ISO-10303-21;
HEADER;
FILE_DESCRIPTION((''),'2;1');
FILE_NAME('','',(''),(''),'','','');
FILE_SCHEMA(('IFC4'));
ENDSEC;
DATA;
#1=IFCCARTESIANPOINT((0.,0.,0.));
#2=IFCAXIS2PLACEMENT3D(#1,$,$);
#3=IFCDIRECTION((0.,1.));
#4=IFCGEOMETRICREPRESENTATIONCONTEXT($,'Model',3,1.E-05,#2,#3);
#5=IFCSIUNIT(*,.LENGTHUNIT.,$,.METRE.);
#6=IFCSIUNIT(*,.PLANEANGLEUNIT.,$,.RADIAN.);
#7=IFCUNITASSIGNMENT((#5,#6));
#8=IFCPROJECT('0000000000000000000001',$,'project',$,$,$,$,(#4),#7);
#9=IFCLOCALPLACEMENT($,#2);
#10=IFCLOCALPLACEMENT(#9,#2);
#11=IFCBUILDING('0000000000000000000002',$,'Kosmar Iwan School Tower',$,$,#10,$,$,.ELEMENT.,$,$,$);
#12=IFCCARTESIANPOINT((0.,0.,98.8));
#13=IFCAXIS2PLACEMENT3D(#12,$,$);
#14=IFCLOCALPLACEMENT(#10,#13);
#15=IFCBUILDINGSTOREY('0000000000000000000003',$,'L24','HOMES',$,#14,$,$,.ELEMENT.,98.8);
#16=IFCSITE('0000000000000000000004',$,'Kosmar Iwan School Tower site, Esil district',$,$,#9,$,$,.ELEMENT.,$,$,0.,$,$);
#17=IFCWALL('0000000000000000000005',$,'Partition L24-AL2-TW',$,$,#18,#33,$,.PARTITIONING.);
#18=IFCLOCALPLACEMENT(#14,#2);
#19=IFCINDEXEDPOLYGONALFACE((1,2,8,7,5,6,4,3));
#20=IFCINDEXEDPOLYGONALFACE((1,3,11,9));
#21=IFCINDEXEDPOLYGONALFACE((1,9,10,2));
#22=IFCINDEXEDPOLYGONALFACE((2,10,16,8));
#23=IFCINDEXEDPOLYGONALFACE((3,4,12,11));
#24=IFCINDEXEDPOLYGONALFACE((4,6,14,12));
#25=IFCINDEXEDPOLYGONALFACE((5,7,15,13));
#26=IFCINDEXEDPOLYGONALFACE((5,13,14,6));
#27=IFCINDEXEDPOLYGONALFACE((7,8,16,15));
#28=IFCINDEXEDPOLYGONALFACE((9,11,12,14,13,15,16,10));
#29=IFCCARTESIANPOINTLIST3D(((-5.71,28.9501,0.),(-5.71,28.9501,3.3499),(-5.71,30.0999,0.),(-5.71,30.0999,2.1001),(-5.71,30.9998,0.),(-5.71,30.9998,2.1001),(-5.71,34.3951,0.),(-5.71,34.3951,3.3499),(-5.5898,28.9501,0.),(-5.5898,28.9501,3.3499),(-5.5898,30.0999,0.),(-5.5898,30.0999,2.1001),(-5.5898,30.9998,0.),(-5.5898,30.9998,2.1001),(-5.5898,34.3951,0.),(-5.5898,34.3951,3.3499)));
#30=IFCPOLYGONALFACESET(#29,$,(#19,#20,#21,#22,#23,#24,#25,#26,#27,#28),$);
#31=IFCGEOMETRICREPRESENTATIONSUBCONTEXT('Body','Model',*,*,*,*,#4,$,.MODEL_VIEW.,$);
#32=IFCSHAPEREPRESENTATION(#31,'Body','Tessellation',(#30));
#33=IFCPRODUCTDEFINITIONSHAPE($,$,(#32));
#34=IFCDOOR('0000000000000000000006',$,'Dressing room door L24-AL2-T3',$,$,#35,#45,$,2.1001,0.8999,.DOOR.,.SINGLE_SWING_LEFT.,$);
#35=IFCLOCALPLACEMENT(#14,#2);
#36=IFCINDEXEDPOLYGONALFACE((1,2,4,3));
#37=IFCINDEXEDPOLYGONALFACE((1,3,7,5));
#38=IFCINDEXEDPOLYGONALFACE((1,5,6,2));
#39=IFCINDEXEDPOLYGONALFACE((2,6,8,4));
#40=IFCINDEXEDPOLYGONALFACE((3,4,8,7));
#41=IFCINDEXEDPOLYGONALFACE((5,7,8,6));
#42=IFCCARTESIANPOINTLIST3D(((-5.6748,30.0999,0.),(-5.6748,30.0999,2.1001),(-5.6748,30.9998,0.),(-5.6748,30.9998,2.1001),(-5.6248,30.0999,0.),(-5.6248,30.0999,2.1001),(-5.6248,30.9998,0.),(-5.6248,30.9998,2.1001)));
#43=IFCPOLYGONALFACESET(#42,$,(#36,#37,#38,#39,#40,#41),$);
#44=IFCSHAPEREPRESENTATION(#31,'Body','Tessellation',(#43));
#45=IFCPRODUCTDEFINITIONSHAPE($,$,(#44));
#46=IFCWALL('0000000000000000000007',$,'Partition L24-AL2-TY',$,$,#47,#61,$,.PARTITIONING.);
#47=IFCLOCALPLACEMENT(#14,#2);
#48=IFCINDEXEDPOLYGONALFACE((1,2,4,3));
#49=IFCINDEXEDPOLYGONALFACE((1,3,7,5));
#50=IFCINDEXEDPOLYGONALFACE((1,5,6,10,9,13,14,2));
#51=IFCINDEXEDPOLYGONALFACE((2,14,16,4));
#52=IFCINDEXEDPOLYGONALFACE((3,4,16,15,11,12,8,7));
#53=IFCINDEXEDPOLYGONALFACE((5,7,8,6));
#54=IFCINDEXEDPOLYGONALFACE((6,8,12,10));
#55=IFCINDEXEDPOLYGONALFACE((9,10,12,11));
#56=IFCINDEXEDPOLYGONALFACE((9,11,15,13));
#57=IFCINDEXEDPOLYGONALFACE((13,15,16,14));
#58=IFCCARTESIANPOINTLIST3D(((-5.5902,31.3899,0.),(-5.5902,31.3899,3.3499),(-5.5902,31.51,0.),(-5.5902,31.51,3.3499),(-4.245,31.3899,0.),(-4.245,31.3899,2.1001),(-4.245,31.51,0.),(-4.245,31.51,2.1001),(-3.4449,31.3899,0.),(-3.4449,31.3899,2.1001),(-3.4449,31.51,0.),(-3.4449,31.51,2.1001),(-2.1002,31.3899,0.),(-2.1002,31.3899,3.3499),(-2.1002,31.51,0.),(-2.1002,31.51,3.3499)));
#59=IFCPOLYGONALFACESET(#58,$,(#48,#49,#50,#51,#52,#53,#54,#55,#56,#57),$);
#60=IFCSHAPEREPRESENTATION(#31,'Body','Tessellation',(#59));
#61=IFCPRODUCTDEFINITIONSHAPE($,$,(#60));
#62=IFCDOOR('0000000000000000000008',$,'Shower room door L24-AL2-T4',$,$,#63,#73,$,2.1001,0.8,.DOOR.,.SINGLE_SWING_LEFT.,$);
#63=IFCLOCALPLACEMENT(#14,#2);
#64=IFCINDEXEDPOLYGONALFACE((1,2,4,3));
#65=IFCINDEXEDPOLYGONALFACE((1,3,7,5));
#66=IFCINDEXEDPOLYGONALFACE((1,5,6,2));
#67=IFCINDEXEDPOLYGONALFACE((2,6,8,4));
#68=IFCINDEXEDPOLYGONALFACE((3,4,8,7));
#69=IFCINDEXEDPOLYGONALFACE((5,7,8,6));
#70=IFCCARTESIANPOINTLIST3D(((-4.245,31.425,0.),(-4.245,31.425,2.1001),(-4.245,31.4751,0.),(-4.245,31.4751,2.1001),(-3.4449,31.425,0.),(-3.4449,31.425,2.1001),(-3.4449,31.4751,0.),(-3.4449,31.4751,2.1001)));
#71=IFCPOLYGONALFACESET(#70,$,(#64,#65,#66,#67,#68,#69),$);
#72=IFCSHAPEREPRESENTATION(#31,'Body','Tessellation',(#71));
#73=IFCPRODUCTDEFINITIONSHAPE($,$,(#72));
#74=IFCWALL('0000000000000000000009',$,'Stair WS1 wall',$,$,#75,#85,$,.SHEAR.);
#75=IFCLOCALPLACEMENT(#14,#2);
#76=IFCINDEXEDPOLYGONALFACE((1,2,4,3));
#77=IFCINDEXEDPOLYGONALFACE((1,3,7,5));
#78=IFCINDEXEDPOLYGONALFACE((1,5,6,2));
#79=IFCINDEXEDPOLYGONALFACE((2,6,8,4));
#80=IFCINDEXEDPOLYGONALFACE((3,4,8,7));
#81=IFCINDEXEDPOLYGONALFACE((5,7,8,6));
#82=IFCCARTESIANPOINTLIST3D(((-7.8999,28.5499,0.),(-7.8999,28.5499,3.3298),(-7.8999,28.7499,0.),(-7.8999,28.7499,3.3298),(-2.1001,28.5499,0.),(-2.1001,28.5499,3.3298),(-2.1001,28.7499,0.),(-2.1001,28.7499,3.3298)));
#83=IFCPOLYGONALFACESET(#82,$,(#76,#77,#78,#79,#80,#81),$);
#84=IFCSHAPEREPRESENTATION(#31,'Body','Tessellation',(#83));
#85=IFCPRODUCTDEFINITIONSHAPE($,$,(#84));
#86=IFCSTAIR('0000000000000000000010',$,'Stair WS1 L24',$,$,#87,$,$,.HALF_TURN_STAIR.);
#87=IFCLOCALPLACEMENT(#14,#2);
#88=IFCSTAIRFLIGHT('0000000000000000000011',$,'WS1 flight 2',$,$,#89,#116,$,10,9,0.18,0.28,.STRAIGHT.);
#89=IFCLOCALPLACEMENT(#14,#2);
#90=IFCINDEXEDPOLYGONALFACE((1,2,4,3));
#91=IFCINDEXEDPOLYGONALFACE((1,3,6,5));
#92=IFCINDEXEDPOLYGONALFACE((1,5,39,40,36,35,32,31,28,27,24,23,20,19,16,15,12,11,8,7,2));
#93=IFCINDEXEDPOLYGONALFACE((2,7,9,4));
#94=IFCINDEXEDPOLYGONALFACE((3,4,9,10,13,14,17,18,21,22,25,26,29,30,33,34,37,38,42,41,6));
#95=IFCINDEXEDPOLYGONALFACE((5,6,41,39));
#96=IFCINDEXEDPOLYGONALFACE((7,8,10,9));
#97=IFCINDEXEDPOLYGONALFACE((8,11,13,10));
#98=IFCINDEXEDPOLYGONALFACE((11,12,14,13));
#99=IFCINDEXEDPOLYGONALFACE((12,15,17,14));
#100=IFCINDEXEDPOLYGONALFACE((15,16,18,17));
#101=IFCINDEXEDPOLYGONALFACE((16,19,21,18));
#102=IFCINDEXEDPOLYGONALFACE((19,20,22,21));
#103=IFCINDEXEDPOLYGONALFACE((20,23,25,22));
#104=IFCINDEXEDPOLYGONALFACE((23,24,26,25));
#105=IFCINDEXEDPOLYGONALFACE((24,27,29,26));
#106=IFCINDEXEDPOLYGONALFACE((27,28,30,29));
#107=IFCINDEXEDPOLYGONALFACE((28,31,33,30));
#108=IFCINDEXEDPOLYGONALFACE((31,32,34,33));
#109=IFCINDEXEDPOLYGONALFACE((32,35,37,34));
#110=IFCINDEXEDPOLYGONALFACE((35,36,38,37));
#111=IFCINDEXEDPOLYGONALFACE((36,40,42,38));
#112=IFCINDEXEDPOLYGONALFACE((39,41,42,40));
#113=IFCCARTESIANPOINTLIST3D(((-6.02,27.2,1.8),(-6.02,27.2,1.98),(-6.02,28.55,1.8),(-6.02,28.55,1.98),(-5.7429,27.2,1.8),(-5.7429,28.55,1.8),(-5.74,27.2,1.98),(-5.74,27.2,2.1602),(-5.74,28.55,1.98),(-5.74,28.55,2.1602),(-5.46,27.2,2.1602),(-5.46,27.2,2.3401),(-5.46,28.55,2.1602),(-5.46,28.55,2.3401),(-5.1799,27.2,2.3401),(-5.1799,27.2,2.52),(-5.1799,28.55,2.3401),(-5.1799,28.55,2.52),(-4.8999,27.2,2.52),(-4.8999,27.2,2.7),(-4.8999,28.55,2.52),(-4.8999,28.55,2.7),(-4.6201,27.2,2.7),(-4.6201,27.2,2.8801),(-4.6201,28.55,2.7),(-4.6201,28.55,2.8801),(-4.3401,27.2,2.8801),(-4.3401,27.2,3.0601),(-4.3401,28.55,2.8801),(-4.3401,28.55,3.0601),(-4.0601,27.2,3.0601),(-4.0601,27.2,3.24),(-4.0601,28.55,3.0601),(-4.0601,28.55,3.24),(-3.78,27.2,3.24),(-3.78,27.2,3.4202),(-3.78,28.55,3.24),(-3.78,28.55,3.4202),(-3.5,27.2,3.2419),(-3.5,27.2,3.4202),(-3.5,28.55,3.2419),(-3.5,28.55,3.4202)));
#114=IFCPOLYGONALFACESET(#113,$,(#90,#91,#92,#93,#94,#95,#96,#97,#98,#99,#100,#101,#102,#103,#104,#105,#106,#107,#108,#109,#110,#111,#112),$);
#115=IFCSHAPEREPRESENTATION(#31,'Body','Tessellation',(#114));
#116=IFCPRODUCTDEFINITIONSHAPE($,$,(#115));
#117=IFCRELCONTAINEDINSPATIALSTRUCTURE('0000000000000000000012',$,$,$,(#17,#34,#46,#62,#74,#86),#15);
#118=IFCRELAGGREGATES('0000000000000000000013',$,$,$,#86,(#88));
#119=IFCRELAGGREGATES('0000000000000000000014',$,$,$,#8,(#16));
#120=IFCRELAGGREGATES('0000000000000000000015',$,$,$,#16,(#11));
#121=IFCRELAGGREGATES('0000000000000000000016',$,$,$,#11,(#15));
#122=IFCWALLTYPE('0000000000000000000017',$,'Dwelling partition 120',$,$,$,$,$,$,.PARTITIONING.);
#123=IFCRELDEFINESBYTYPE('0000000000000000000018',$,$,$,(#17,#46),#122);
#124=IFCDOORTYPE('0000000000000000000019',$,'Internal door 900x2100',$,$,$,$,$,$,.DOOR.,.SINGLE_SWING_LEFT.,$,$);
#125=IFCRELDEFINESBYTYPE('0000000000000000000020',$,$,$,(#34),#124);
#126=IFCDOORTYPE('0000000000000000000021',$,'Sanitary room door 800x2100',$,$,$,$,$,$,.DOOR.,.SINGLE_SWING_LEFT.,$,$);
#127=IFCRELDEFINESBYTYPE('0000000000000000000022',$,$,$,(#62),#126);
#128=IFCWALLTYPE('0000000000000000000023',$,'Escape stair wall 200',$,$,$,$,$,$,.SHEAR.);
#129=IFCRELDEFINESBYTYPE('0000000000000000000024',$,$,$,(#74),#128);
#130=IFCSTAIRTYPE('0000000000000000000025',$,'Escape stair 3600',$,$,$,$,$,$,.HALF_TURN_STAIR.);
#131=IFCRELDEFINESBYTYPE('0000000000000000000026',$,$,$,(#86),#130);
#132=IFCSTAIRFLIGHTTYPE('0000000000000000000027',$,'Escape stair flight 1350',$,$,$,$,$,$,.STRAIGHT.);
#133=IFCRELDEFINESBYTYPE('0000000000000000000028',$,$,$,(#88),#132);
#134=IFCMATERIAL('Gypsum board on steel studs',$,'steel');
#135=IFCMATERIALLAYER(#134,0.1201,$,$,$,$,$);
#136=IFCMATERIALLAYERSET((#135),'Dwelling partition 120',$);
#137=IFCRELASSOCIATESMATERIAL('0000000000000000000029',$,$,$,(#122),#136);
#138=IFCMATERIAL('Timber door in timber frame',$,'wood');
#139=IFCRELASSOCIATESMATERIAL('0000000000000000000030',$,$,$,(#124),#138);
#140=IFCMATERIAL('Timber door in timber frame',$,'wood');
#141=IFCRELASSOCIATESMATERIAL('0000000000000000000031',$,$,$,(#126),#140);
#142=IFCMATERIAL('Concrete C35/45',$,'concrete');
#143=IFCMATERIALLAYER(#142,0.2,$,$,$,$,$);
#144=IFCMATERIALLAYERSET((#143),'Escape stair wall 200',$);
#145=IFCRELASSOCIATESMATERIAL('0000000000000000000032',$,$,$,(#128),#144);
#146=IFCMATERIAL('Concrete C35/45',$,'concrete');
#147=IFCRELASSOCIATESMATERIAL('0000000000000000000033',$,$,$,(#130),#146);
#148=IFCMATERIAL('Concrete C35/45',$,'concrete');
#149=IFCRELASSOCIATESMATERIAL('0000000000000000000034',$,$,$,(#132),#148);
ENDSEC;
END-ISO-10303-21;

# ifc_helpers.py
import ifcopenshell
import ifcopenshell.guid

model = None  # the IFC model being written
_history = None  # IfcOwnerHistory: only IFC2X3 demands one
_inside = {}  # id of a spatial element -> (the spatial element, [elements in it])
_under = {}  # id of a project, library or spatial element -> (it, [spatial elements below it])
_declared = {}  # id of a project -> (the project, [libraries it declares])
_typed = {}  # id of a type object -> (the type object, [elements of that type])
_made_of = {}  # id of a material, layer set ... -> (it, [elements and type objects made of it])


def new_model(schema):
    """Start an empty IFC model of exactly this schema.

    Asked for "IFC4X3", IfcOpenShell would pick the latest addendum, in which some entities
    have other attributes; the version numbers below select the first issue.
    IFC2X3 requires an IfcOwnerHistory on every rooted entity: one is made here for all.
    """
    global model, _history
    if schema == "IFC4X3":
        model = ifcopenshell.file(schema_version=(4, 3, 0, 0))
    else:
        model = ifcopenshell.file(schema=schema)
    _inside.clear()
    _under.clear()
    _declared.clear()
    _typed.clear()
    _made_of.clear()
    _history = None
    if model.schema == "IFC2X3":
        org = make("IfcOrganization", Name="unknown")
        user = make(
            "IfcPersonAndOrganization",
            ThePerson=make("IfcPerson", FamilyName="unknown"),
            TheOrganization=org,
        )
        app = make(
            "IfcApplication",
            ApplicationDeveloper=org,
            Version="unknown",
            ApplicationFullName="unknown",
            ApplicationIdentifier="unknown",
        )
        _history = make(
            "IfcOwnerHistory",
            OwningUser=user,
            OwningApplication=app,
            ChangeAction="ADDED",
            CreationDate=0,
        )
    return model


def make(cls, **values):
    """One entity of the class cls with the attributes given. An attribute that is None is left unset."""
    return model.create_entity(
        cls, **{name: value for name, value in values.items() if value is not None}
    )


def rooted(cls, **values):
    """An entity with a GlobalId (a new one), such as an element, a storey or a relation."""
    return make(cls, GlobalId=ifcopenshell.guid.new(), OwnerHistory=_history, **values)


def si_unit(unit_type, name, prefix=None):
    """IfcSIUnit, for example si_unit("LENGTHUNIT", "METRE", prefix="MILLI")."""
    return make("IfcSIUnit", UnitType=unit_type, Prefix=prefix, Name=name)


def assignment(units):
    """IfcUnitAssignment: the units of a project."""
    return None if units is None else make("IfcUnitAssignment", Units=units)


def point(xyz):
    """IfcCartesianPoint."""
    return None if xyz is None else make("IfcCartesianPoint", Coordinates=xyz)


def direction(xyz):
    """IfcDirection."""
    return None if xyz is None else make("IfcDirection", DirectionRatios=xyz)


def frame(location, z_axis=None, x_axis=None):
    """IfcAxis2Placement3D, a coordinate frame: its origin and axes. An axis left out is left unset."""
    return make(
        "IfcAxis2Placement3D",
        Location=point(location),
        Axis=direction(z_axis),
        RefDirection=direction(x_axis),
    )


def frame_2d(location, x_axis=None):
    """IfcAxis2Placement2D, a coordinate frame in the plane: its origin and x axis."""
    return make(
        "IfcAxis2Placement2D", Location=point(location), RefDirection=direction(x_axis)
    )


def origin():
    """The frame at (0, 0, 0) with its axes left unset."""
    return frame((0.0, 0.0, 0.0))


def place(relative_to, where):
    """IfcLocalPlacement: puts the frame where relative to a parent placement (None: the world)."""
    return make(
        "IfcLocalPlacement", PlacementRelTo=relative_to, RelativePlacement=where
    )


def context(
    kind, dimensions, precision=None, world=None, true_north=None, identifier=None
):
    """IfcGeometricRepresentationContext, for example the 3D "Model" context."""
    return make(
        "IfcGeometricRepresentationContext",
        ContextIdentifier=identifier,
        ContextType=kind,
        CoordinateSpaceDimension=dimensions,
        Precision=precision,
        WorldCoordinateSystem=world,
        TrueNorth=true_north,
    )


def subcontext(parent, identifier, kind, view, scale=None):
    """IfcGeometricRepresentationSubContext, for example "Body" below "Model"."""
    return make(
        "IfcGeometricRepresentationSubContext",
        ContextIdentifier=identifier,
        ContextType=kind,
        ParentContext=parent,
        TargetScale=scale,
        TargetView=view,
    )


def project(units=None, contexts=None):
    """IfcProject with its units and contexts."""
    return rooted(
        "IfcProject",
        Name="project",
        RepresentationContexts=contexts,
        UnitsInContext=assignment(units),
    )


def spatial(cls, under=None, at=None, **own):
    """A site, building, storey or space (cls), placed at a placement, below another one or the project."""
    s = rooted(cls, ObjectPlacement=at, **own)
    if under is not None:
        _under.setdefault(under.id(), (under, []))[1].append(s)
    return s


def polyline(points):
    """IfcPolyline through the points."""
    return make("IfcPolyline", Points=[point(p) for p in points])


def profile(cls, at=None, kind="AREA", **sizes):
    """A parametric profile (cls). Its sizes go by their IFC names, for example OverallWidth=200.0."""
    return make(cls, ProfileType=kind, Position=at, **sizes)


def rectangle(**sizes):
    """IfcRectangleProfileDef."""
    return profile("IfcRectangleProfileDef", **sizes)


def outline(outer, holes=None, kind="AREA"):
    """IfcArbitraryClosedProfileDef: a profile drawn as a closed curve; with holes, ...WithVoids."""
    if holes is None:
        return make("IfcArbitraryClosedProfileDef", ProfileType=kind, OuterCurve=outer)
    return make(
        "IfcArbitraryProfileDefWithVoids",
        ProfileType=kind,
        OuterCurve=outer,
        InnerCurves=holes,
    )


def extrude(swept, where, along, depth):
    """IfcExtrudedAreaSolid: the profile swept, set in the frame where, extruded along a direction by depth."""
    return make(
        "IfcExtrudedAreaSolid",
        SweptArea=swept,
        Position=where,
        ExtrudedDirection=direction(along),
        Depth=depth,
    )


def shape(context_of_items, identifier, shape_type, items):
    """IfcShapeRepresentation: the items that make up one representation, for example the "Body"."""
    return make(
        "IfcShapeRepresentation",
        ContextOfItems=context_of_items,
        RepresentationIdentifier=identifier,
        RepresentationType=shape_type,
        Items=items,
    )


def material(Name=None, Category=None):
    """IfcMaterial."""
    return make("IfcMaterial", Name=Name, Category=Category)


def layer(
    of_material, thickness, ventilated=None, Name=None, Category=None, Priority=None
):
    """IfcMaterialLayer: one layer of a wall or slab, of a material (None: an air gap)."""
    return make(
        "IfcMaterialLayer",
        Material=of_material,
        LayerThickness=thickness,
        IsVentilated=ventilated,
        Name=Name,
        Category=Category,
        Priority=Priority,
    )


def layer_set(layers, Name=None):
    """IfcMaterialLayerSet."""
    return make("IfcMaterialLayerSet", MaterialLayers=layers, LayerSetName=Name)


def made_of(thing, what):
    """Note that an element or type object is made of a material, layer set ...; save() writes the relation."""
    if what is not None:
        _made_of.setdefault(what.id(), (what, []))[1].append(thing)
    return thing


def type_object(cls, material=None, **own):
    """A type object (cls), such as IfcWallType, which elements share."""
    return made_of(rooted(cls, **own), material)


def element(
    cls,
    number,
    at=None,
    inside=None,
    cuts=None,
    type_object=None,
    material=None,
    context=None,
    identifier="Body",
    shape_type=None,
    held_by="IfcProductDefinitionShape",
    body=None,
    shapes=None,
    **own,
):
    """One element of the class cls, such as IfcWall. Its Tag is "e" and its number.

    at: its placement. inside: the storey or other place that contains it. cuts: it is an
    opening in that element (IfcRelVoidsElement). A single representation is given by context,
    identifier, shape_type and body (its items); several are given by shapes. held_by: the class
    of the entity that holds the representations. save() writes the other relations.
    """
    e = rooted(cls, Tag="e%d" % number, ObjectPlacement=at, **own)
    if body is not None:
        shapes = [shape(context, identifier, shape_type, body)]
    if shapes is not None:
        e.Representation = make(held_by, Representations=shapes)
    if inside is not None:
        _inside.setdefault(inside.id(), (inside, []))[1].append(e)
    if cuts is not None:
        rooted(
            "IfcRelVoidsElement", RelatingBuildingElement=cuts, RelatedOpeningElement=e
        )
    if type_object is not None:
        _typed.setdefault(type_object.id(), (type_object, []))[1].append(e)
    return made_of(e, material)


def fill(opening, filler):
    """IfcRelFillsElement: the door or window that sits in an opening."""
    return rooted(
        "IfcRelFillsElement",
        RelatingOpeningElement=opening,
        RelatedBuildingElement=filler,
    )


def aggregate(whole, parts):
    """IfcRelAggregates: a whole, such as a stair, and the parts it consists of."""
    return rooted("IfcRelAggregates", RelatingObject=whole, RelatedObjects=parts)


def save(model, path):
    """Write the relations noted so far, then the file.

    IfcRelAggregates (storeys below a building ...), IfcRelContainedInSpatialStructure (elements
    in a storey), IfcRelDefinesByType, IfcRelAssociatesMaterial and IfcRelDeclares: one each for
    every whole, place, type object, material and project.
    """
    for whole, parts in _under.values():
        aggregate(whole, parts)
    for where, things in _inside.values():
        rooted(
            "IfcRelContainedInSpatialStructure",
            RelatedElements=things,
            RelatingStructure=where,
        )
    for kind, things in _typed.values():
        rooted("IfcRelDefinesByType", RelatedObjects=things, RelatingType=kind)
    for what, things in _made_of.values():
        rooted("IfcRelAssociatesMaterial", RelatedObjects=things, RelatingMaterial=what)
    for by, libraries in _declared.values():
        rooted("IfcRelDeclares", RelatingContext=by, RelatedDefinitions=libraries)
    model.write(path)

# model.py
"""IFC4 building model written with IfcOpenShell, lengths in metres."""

from ifc_helpers import new_model, si_unit, direction, frame, frame_2d, origin, place, context, subcontext, project, spatial, polyline, rectangle, outline, extrude, material, layer, layer_set, type_object, element, fill, aggregate, save


model = new_model("IFC4")

# Units and contexts
model_context = context("Model", 3, precision=1e-05, world=origin(), true_north=direction((0.0, 1.0)))
body_context = subcontext(model_context, "Body", "Model", "MODEL_VIEW")
ifc_project = project(units=[si_unit("LENGTHUNIT", "METRE"), si_unit("PLANEANGLEUNIT", "RADIAN")], contexts=[model_context])

# Site, building, storey
site_placement = place(None, origin())
site = spatial("IfcSite", under=ifc_project, at=site_placement, Name="Kosmar Iwan School Tower site, Esil district", CompositionType="ELEMENT", RefElevation=0.0)
building_placement = place(site_placement, origin())
building = spatial("IfcBuilding", under=site, at=building_placement, Name="Kosmar Iwan School Tower", CompositionType="ELEMENT")
storey_placement = place(building_placement, frame((0.0, 0.0, 98.8)))
storey = spatial("IfcBuildingStorey", under=building, at=storey_placement, Name="L24", Description="HOMES", CompositionType="ELEMENT", Elevation=98.8)

# Walls, openings, doors
ifc_material_1 = material(Name="Gypsum board on steel studs", Category="steel")
ifc_layer_1 = layer(ifc_material_1, 0.1201)
ifc_layer_set_1 = layer_set([ifc_layer_1], Name="Dwelling partition 120")
wall_type_1 = type_object("IfcWallType", Name="Dwelling partition 120", PredefinedType="PARTITIONING", material=ifc_layer_set_1)
ifc_material_2 = material(Name="Timber door in timber frame", Category="wood")
door_type_1 = type_object("IfcDoorType", Name="Internal door 900x2100", OperationType="SINGLE_SWING_LEFT", PredefinedType="DOOR", material=ifc_material_2)
wall_1_placement = place(storey_placement, frame((-5.6499, 28.95, 0.0), z_axis=(0.0, 0.0, 1.0), x_axis=(0.0, 1.0, 0.0)))
wall_1 = element("IfcWall", 1, at=wall_1_placement, inside=storey, type_object=wall_type_1, Name="Partition L24-AL2-TW", PredefinedType="PARTITIONING", context=body_context, shape_type="SweptSolid", body=[
    extrude(rectangle(XDim=5.4451, YDim=0.1201, at=frame_2d((2.7227, 0.0))), origin(), (0.0, 0.0, 1.0), 3.3499),
])
opening_1_placement = place(wall_1_placement, frame((1.1499, 0.0, 0.0)))
opening_1 = element("IfcOpeningElement", 2, at=opening_1_placement, cuts=wall_1, PredefinedType="OPENING", context=body_context, shape_type="SweptSolid", body=[
    extrude(rectangle(XDim=0.8999, YDim=2.1001, at=frame_2d((0.45, 1.05))), frame((0.0, 0.072, 0.0), z_axis=(0.0, -1.0, 0.0), x_axis=(1.0, 0.0, 0.0)), (0.0, 0.0, 1.0), 0.144),
])
door_1_placement = place(opening_1_placement, origin())
door_1 = element("IfcDoor", 3, at=door_1_placement, inside=storey, type_object=door_type_1, Name="Dressing room door L24-AL2-T3", OperationType="SINGLE_SWING_LEFT", OverallHeight=2.1001, OverallWidth=0.8999, PredefinedType="DOOR", context=body_context, shape_type="SweptSolid", body=[
    extrude(rectangle(XDim=0.8999, YDim=2.1001, at=frame_2d((0.45, 1.05))), frame((0.0, 0.0249, 0.0), z_axis=(0.0, -1.0, 0.0), x_axis=(1.0, 0.0, 0.0)), (0.0, 0.0, 1.0), 0.05),
])
fill(opening_1, door_1)
wall_2_placement = place(storey_placement, frame((-2.1001, 31.45, 0.0), z_axis=(0.0, 0.0, 1.0), x_axis=(-1.0, 0.0, 0.0)))
wall_2 = element("IfcWall", 4, at=wall_2_placement, inside=storey, type_object=wall_type_1, Name="Partition L24-AL2-TY", PredefinedType="PARTITIONING", context=body_context, shape_type="SweptSolid", body=[
    extrude(rectangle(XDim=3.49, YDim=0.1201, at=frame_2d((1.7451, 0.0))), origin(), (0.0, 0.0, 1.0), 3.3499),
])
opening_2_placement = place(wall_2_placement, frame((1.345, 0.0, 0.0)))
opening_2 = element("IfcOpeningElement", 5, at=opening_2_placement, cuts=wall_2, PredefinedType="OPENING", context=body_context, shape_type="SweptSolid", body=[
    extrude(rectangle(XDim=0.8, YDim=2.1001, at=frame_2d((0.3999, 1.05))), frame((0.0, 0.072, 0.0), z_axis=(0.0, -1.0, 0.0), x_axis=(1.0, 0.0, 0.0)), (0.0, 0.0, 1.0), 0.144),
])
ifc_material_3 = material(Name="Timber door in timber frame", Category="wood")
door_type_2 = type_object("IfcDoorType", Name="Sanitary room door 800x2100", OperationType="SINGLE_SWING_LEFT", PredefinedType="DOOR", material=ifc_material_3)
door_2_placement = place(opening_2_placement, origin())
door_2 = element("IfcDoor", 6, at=door_2_placement, inside=storey, type_object=door_type_2, Name="Shower room door L24-AL2-T4", OperationType="SINGLE_SWING_LEFT", OverallHeight=2.1001, OverallWidth=0.8, PredefinedType="DOOR", context=body_context, shape_type="SweptSolid", body=[
    extrude(rectangle(XDim=0.8, YDim=2.1001, at=frame_2d((0.3999, 1.05))), frame((0.0, 0.0249, 0.0), z_axis=(0.0, -1.0, 0.0), x_axis=(1.0, 0.0, 0.0)), (0.0, 0.0, 1.0), 0.05),
])
fill(opening_2, door_2)

# Wall
ifc_material_4 = material(Name="Concrete C35/45", Category="concrete")
ifc_layer_2 = layer(ifc_material_4, 0.2)
ifc_layer_set_2 = layer_set([ifc_layer_2], Name="Escape stair wall 200")
wall_type_2 = type_object("IfcWallType", Name="Escape stair wall 200", PredefinedType="SHEAR", material=ifc_layer_set_2)
wall_3_placement = place(storey_placement, frame((-2.1001, 28.6499, 0.0), z_axis=(0.0, 0.0, 1.0), x_axis=(-1.0, 0.0, 0.0)))
element("IfcWall", 7, at=wall_3_placement, inside=storey, type_object=wall_type_2, Name="Stair WS1 wall", PredefinedType="SHEAR", context=body_context, shape_type="SweptSolid", body=[
    extrude(rectangle(XDim=5.7998, YDim=0.2, at=frame_2d((2.8999, 0.0))), origin(), (0.0, 0.0, 1.0), 3.3298),
])

# Stair, stair flight
ifc_material_5 = material(Name="Concrete C35/45", Category="concrete")
stair_type = type_object("IfcStairType", Name="Escape stair 3600", PredefinedType="HALF_TURN_STAIR", material=ifc_material_5)
stair_placement = place(storey_placement, origin())
stair = element("IfcStair", 8, at=stair_placement, inside=storey, type_object=stair_type, Name="Stair WS1 L24", PredefinedType="HALF_TURN_STAIR")
ifc_material_6 = material(Name="Concrete C35/45", Category="concrete")
stair_flight_type = type_object("IfcStairFlightType", Name="Escape stair flight 1350", PredefinedType="STRAIGHT", material=ifc_material_6)
stair_flight_placement = place(storey_placement, frame((-6.02, 27.875, 1.8), z_axis=(0.0, 0.0, 1.0), x_axis=(1.0, 0.0, 0.0)))
stair_flight = element("IfcStairFlight", 9, at=stair_flight_placement, type_object=stair_flight_type, Name="WS1 flight 2", NumberOfRisers=10, NumberOfTreads=9, PredefinedType="STRAIGHT", RiserHeight=0.18, TreadLength=0.28, context=body_context, shape_type="SweptSolid", body=[
    extrude(outline(polyline([(0.0, 0.0), (0.0, 0.1799), (0.28, 0.1799), (0.28, 0.3601), (0.5601, 0.3601), (0.5601, 0.54), (0.8401, 0.54), (0.8401, 0.72), (1.1201, 0.72), (1.1201, 0.8999), (1.3999, 0.8999), (1.3999, 1.0801), (1.6799, 1.0801), (1.6799, 1.26), (1.96, 1.26), (1.96, 1.4399), (2.24, 1.4399), (2.24, 1.6201), (2.52, 1.6201), (2.52, 1.8), (2.52, 1.4419), (0.2771, 0.0), (0.0, 0.0)])), frame((0.0, 0.675, 0.0), z_axis=(0.0, -1.0, 0.0), x_axis=(1.0, 0.0, 0.0)), (0.0, 0.0, 1.0), 1.3501),
])
aggregate(stair, [stair_flight])

save(model, "model.ifc")
